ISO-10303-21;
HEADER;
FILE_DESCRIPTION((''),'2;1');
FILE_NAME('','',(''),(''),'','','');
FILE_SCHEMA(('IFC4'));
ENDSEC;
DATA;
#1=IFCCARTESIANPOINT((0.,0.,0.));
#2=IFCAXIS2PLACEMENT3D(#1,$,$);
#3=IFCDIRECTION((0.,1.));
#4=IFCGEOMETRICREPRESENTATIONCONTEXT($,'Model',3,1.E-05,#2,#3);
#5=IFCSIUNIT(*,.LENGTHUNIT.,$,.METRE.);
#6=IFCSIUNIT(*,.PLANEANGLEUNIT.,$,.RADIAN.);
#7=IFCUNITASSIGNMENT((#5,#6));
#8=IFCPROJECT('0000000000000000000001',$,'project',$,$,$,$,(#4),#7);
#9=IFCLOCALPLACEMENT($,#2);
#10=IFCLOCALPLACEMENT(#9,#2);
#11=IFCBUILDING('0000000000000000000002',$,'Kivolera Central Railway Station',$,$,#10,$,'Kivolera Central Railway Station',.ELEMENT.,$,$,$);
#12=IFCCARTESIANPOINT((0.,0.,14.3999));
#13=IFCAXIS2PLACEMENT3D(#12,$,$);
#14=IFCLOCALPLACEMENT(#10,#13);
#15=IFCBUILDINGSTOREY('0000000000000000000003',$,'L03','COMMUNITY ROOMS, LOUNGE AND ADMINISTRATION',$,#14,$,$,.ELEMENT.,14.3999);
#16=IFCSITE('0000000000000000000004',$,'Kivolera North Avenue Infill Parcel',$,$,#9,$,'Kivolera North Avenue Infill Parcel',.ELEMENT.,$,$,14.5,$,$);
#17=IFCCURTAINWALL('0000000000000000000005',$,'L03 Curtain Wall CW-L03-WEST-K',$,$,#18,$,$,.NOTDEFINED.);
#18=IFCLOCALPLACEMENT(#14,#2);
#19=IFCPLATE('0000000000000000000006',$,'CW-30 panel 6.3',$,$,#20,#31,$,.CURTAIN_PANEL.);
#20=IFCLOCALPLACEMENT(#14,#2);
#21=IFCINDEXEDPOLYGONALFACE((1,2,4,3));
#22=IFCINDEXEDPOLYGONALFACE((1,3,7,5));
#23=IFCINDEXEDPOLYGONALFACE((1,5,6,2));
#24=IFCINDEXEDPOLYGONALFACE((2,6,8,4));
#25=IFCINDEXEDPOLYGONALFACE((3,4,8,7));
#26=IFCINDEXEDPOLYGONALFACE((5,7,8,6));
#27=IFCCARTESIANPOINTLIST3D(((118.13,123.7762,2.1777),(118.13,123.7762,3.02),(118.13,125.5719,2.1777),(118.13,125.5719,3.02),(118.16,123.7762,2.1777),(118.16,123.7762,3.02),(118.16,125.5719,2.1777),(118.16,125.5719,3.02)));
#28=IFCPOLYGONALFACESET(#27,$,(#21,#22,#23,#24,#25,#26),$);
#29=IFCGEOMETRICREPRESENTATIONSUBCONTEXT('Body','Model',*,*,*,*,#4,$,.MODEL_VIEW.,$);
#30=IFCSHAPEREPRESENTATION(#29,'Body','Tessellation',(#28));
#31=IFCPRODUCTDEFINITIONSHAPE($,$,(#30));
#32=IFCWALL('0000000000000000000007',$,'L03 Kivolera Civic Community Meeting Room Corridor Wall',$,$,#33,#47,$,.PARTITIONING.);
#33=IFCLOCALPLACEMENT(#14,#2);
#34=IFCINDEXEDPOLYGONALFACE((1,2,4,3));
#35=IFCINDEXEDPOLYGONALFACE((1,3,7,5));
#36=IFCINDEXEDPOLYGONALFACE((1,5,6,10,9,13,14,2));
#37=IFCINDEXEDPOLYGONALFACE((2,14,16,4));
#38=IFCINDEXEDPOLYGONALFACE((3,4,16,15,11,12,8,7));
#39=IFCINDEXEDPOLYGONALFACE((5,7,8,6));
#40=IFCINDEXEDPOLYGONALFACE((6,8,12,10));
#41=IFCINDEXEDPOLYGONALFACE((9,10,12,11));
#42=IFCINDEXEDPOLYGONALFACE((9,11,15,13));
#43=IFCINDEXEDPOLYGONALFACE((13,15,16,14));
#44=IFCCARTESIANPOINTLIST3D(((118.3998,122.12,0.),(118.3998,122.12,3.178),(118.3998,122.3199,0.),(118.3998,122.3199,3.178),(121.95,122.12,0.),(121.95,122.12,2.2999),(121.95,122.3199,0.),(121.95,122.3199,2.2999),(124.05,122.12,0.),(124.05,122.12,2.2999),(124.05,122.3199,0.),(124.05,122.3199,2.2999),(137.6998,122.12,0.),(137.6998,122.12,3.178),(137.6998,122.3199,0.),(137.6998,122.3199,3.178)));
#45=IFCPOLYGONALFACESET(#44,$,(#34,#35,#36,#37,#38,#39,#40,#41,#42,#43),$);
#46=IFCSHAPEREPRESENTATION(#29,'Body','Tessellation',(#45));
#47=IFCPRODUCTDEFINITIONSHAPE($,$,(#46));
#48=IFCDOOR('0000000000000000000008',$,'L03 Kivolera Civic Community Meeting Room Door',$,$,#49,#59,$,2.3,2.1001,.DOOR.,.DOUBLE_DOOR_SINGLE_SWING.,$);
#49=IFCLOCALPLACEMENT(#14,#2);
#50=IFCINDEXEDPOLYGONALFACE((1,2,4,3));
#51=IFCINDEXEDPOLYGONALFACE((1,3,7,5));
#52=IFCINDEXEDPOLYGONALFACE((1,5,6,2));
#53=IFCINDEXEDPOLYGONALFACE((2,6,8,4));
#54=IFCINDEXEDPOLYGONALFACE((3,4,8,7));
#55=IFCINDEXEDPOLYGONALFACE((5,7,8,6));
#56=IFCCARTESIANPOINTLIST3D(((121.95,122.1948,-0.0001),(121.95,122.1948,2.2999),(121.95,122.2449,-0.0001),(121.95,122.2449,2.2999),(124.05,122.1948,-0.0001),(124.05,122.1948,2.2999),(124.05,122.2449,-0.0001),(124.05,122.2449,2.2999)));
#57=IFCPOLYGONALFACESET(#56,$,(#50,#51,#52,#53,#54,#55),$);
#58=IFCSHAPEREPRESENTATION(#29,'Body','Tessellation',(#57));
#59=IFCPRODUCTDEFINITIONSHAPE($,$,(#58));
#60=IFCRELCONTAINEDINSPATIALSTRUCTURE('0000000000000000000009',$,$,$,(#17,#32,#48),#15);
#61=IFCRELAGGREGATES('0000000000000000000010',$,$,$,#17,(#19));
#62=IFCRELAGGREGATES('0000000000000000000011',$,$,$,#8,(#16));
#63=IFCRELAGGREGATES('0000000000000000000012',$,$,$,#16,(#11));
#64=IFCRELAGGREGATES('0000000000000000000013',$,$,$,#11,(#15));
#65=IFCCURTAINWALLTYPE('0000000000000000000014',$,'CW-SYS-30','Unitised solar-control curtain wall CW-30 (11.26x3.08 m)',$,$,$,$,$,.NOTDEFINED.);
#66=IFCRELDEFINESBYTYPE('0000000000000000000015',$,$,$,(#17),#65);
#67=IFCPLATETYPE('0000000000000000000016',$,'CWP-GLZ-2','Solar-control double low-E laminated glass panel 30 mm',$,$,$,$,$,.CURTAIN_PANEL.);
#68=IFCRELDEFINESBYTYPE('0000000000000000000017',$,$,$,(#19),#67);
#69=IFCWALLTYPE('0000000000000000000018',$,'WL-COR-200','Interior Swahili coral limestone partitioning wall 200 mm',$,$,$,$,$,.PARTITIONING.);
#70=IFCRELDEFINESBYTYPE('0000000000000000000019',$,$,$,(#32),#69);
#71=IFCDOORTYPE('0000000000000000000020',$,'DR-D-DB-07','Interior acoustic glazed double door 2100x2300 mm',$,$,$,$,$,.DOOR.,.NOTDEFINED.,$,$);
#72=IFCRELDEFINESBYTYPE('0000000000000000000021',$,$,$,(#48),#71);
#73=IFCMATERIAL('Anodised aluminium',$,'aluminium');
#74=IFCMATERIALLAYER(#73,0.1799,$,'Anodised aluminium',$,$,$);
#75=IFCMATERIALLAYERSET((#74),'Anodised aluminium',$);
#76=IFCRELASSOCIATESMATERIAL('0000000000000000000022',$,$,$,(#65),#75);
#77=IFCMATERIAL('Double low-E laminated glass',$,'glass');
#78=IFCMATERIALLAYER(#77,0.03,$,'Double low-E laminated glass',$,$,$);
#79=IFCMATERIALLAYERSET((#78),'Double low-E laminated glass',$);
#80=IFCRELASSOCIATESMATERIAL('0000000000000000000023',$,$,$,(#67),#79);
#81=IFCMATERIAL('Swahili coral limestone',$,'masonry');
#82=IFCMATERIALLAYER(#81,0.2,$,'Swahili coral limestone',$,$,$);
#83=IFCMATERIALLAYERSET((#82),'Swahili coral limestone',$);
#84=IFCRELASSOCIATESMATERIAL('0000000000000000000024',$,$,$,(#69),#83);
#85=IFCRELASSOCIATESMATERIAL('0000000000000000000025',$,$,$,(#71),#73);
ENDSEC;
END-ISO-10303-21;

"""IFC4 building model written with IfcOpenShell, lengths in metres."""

from ifc_helpers import new_model, si_unit, direction, frame, frame_2d, origin, origin_2d, place, context, subcontext, project, spatial, rectangle, extrude, material, layer, layer_set, type_object, element, fill, aggregate, save


model = new_model("IFC4")

# Units and contexts
model_context = context("Model", 3, precision=1e-05, world=origin(), true_north=direction((0.0, 1.0)))
body_context = subcontext(model_context, "Body", "Model", "MODEL_VIEW")
ifc_project = project(units=[si_unit("LENGTHUNIT", "METRE"), si_unit("PLANEANGLEUNIT", "RADIAN")], contexts=[model_context])

# Site, building, storey
site_placement = place(None, origin())
site = spatial("IfcSite", under=ifc_project, at=site_placement, Name="Kivolera North Avenue Infill Parcel", LongName="Kivolera North Avenue Infill Parcel", CompositionType="ELEMENT", RefElevation=14.5)
building_placement = place(site_placement, origin())
building = spatial("IfcBuilding", under=site, at=building_placement, Name="Kivolera Central Railway Station", LongName="Kivolera Central Railway Station", CompositionType="ELEMENT")
storey_placement = place(building_placement, frame((0.0, 0.0, 14.3999)))
storey = spatial("IfcBuildingStorey", under=building, at=storey_placement, Name="L03", Description="COMMUNITY ROOMS, LOUNGE AND ADMINISTRATION", CompositionType="ELEMENT", Elevation=14.3999)

# Curtain wall, plate
ifc_material_1 = material(Name="Anodised aluminium", Category="aluminium")
ifc_layer_1 = layer(ifc_material_1, 0.1799, Name="Anodised aluminium")
ifc_layer_set_1 = layer_set([ifc_layer_1], Name="Anodised aluminium")
curtain_wall_type = type_object("IfcCurtainWallType", Name="CW-SYS-30", Description="Unitised solar-control curtain wall CW-30 (11.26x3.08 m)", PredefinedType="NOTDEFINED", material=ifc_layer_set_1)
curtain_wall_placement = place(storey_placement, origin())
curtain_wall = element("IfcCurtainWall", 1, at=curtain_wall_placement, inside=storey, type_object=curtain_wall_type, Name="L03 Curtain Wall CW-L03-WEST-K", PredefinedType="NOTDEFINED")
ifc_material_2 = material(Name="Double low-E laminated glass", Category="glass")
ifc_layer_2 = layer(ifc_material_2, 0.03, Name="Double low-E laminated glass")
ifc_layer_set_2 = layer_set([ifc_layer_2], Name="Double low-E laminated glass")
plate_type = type_object("IfcPlateType", Name="CWP-GLZ-2", Description="Solar-control double low-E laminated glass panel 30 mm", PredefinedType="CURTAIN_PANEL", material=ifc_layer_set_2)
plate_1_placement = place(storey_placement, frame((118.145, 124.6741, 2.1777), z_axis=(0.0, 0.0, 1.0), x_axis=(0.0, 1.0, 0.0)))
plate_1 = element("IfcPlate", 2, at=plate_1_placement, type_object=plate_type, Name="CW-30 panel 6.3", PredefinedType="CURTAIN_PANEL", context=body_context, shape_type="SweptSolid", body=[
    extrude(rectangle(XDim=1.7957, YDim=0.03, at=origin_2d()), origin(), (0.0, 0.0, 1.0), 0.8423),
])
aggregate(curtain_wall, [plate_1])

# Wall, opening, door
ifc_material_3 = material(Name="Swahili coral limestone", Category="masonry")
ifc_layer_3 = layer(ifc_material_3, 0.2, Name="Swahili coral limestone")
ifc_layer_set_3 = layer_set([ifc_layer_3], Name="Swahili coral limestone")
wall_type = type_object("IfcWallType", Name="WL-COR-200", Description="Interior Swahili coral limestone partitioning wall 200 mm", PredefinedType="PARTITIONING", material=ifc_layer_set_3)
wall_placement = place(storey_placement, frame((118.3999, 122.22, 0.0), z_axis=(0.0, 0.0, 1.0), x_axis=(1.0, 0.0, 0.0)))
wall = element("IfcWall", 3, at=wall_placement, inside=storey, type_object=wall_type, Name="L03 Kivolera Civic Community Meeting Room Corridor Wall", PredefinedType="PARTITIONING", context=body_context, shape_type="SweptSolid", body=[
    extrude(rectangle(XDim=19.3, YDim=0.2, at=frame_2d((9.6499, 0.0))), origin(), (0.0, 0.0, 1.0), 3.178),
])
opening_placement = place(wall_placement, frame((3.55, 0.0, 0.0)))
opening = element("IfcOpeningElement", 4, at=opening_placement, cuts=wall, PredefinedType="OPENING", context=body_context, shape_type="SweptSolid", body=[
    extrude(rectangle(XDim=2.1001, YDim=2.3, at=frame_2d((1.05, 1.1499))), frame((0.0, 0.1099, 0.0), z_axis=(0.0, -1.0, 0.0), x_axis=(1.0, 0.0, 0.0)), (0.0, 0.0, 1.0), 0.22),
])
door_type = type_object("IfcDoorType", Name="DR-D-DB-07", Description="Interior acoustic glazed double door 2100x2300 mm", OperationType="NOTDEFINED", PredefinedType="DOOR", material=ifc_material_1)
door_placement = place(opening_placement, origin())
door = element("IfcDoor", 5, at=door_placement, inside=storey, type_object=door_type, Name="L03 Kivolera Civic Community Meeting Room Door", OperationType="DOUBLE_DOOR_SINGLE_SWING", OverallHeight=2.3, OverallWidth=2.1001, PredefinedType="DOOR", context=body_context, shape_type="SweptSolid", body=[
    extrude(rectangle(XDim=2.1001, YDim=2.3, at=frame_2d((1.05, 1.1499))), frame((0.0, 0.0249, 0.0), z_axis=(0.0, -1.0, 0.0), x_axis=(1.0, 0.0, 0.0)), (0.0, 0.0, 1.0), 0.05),
])
fill(opening, door)

save(model, "model.ifc")
